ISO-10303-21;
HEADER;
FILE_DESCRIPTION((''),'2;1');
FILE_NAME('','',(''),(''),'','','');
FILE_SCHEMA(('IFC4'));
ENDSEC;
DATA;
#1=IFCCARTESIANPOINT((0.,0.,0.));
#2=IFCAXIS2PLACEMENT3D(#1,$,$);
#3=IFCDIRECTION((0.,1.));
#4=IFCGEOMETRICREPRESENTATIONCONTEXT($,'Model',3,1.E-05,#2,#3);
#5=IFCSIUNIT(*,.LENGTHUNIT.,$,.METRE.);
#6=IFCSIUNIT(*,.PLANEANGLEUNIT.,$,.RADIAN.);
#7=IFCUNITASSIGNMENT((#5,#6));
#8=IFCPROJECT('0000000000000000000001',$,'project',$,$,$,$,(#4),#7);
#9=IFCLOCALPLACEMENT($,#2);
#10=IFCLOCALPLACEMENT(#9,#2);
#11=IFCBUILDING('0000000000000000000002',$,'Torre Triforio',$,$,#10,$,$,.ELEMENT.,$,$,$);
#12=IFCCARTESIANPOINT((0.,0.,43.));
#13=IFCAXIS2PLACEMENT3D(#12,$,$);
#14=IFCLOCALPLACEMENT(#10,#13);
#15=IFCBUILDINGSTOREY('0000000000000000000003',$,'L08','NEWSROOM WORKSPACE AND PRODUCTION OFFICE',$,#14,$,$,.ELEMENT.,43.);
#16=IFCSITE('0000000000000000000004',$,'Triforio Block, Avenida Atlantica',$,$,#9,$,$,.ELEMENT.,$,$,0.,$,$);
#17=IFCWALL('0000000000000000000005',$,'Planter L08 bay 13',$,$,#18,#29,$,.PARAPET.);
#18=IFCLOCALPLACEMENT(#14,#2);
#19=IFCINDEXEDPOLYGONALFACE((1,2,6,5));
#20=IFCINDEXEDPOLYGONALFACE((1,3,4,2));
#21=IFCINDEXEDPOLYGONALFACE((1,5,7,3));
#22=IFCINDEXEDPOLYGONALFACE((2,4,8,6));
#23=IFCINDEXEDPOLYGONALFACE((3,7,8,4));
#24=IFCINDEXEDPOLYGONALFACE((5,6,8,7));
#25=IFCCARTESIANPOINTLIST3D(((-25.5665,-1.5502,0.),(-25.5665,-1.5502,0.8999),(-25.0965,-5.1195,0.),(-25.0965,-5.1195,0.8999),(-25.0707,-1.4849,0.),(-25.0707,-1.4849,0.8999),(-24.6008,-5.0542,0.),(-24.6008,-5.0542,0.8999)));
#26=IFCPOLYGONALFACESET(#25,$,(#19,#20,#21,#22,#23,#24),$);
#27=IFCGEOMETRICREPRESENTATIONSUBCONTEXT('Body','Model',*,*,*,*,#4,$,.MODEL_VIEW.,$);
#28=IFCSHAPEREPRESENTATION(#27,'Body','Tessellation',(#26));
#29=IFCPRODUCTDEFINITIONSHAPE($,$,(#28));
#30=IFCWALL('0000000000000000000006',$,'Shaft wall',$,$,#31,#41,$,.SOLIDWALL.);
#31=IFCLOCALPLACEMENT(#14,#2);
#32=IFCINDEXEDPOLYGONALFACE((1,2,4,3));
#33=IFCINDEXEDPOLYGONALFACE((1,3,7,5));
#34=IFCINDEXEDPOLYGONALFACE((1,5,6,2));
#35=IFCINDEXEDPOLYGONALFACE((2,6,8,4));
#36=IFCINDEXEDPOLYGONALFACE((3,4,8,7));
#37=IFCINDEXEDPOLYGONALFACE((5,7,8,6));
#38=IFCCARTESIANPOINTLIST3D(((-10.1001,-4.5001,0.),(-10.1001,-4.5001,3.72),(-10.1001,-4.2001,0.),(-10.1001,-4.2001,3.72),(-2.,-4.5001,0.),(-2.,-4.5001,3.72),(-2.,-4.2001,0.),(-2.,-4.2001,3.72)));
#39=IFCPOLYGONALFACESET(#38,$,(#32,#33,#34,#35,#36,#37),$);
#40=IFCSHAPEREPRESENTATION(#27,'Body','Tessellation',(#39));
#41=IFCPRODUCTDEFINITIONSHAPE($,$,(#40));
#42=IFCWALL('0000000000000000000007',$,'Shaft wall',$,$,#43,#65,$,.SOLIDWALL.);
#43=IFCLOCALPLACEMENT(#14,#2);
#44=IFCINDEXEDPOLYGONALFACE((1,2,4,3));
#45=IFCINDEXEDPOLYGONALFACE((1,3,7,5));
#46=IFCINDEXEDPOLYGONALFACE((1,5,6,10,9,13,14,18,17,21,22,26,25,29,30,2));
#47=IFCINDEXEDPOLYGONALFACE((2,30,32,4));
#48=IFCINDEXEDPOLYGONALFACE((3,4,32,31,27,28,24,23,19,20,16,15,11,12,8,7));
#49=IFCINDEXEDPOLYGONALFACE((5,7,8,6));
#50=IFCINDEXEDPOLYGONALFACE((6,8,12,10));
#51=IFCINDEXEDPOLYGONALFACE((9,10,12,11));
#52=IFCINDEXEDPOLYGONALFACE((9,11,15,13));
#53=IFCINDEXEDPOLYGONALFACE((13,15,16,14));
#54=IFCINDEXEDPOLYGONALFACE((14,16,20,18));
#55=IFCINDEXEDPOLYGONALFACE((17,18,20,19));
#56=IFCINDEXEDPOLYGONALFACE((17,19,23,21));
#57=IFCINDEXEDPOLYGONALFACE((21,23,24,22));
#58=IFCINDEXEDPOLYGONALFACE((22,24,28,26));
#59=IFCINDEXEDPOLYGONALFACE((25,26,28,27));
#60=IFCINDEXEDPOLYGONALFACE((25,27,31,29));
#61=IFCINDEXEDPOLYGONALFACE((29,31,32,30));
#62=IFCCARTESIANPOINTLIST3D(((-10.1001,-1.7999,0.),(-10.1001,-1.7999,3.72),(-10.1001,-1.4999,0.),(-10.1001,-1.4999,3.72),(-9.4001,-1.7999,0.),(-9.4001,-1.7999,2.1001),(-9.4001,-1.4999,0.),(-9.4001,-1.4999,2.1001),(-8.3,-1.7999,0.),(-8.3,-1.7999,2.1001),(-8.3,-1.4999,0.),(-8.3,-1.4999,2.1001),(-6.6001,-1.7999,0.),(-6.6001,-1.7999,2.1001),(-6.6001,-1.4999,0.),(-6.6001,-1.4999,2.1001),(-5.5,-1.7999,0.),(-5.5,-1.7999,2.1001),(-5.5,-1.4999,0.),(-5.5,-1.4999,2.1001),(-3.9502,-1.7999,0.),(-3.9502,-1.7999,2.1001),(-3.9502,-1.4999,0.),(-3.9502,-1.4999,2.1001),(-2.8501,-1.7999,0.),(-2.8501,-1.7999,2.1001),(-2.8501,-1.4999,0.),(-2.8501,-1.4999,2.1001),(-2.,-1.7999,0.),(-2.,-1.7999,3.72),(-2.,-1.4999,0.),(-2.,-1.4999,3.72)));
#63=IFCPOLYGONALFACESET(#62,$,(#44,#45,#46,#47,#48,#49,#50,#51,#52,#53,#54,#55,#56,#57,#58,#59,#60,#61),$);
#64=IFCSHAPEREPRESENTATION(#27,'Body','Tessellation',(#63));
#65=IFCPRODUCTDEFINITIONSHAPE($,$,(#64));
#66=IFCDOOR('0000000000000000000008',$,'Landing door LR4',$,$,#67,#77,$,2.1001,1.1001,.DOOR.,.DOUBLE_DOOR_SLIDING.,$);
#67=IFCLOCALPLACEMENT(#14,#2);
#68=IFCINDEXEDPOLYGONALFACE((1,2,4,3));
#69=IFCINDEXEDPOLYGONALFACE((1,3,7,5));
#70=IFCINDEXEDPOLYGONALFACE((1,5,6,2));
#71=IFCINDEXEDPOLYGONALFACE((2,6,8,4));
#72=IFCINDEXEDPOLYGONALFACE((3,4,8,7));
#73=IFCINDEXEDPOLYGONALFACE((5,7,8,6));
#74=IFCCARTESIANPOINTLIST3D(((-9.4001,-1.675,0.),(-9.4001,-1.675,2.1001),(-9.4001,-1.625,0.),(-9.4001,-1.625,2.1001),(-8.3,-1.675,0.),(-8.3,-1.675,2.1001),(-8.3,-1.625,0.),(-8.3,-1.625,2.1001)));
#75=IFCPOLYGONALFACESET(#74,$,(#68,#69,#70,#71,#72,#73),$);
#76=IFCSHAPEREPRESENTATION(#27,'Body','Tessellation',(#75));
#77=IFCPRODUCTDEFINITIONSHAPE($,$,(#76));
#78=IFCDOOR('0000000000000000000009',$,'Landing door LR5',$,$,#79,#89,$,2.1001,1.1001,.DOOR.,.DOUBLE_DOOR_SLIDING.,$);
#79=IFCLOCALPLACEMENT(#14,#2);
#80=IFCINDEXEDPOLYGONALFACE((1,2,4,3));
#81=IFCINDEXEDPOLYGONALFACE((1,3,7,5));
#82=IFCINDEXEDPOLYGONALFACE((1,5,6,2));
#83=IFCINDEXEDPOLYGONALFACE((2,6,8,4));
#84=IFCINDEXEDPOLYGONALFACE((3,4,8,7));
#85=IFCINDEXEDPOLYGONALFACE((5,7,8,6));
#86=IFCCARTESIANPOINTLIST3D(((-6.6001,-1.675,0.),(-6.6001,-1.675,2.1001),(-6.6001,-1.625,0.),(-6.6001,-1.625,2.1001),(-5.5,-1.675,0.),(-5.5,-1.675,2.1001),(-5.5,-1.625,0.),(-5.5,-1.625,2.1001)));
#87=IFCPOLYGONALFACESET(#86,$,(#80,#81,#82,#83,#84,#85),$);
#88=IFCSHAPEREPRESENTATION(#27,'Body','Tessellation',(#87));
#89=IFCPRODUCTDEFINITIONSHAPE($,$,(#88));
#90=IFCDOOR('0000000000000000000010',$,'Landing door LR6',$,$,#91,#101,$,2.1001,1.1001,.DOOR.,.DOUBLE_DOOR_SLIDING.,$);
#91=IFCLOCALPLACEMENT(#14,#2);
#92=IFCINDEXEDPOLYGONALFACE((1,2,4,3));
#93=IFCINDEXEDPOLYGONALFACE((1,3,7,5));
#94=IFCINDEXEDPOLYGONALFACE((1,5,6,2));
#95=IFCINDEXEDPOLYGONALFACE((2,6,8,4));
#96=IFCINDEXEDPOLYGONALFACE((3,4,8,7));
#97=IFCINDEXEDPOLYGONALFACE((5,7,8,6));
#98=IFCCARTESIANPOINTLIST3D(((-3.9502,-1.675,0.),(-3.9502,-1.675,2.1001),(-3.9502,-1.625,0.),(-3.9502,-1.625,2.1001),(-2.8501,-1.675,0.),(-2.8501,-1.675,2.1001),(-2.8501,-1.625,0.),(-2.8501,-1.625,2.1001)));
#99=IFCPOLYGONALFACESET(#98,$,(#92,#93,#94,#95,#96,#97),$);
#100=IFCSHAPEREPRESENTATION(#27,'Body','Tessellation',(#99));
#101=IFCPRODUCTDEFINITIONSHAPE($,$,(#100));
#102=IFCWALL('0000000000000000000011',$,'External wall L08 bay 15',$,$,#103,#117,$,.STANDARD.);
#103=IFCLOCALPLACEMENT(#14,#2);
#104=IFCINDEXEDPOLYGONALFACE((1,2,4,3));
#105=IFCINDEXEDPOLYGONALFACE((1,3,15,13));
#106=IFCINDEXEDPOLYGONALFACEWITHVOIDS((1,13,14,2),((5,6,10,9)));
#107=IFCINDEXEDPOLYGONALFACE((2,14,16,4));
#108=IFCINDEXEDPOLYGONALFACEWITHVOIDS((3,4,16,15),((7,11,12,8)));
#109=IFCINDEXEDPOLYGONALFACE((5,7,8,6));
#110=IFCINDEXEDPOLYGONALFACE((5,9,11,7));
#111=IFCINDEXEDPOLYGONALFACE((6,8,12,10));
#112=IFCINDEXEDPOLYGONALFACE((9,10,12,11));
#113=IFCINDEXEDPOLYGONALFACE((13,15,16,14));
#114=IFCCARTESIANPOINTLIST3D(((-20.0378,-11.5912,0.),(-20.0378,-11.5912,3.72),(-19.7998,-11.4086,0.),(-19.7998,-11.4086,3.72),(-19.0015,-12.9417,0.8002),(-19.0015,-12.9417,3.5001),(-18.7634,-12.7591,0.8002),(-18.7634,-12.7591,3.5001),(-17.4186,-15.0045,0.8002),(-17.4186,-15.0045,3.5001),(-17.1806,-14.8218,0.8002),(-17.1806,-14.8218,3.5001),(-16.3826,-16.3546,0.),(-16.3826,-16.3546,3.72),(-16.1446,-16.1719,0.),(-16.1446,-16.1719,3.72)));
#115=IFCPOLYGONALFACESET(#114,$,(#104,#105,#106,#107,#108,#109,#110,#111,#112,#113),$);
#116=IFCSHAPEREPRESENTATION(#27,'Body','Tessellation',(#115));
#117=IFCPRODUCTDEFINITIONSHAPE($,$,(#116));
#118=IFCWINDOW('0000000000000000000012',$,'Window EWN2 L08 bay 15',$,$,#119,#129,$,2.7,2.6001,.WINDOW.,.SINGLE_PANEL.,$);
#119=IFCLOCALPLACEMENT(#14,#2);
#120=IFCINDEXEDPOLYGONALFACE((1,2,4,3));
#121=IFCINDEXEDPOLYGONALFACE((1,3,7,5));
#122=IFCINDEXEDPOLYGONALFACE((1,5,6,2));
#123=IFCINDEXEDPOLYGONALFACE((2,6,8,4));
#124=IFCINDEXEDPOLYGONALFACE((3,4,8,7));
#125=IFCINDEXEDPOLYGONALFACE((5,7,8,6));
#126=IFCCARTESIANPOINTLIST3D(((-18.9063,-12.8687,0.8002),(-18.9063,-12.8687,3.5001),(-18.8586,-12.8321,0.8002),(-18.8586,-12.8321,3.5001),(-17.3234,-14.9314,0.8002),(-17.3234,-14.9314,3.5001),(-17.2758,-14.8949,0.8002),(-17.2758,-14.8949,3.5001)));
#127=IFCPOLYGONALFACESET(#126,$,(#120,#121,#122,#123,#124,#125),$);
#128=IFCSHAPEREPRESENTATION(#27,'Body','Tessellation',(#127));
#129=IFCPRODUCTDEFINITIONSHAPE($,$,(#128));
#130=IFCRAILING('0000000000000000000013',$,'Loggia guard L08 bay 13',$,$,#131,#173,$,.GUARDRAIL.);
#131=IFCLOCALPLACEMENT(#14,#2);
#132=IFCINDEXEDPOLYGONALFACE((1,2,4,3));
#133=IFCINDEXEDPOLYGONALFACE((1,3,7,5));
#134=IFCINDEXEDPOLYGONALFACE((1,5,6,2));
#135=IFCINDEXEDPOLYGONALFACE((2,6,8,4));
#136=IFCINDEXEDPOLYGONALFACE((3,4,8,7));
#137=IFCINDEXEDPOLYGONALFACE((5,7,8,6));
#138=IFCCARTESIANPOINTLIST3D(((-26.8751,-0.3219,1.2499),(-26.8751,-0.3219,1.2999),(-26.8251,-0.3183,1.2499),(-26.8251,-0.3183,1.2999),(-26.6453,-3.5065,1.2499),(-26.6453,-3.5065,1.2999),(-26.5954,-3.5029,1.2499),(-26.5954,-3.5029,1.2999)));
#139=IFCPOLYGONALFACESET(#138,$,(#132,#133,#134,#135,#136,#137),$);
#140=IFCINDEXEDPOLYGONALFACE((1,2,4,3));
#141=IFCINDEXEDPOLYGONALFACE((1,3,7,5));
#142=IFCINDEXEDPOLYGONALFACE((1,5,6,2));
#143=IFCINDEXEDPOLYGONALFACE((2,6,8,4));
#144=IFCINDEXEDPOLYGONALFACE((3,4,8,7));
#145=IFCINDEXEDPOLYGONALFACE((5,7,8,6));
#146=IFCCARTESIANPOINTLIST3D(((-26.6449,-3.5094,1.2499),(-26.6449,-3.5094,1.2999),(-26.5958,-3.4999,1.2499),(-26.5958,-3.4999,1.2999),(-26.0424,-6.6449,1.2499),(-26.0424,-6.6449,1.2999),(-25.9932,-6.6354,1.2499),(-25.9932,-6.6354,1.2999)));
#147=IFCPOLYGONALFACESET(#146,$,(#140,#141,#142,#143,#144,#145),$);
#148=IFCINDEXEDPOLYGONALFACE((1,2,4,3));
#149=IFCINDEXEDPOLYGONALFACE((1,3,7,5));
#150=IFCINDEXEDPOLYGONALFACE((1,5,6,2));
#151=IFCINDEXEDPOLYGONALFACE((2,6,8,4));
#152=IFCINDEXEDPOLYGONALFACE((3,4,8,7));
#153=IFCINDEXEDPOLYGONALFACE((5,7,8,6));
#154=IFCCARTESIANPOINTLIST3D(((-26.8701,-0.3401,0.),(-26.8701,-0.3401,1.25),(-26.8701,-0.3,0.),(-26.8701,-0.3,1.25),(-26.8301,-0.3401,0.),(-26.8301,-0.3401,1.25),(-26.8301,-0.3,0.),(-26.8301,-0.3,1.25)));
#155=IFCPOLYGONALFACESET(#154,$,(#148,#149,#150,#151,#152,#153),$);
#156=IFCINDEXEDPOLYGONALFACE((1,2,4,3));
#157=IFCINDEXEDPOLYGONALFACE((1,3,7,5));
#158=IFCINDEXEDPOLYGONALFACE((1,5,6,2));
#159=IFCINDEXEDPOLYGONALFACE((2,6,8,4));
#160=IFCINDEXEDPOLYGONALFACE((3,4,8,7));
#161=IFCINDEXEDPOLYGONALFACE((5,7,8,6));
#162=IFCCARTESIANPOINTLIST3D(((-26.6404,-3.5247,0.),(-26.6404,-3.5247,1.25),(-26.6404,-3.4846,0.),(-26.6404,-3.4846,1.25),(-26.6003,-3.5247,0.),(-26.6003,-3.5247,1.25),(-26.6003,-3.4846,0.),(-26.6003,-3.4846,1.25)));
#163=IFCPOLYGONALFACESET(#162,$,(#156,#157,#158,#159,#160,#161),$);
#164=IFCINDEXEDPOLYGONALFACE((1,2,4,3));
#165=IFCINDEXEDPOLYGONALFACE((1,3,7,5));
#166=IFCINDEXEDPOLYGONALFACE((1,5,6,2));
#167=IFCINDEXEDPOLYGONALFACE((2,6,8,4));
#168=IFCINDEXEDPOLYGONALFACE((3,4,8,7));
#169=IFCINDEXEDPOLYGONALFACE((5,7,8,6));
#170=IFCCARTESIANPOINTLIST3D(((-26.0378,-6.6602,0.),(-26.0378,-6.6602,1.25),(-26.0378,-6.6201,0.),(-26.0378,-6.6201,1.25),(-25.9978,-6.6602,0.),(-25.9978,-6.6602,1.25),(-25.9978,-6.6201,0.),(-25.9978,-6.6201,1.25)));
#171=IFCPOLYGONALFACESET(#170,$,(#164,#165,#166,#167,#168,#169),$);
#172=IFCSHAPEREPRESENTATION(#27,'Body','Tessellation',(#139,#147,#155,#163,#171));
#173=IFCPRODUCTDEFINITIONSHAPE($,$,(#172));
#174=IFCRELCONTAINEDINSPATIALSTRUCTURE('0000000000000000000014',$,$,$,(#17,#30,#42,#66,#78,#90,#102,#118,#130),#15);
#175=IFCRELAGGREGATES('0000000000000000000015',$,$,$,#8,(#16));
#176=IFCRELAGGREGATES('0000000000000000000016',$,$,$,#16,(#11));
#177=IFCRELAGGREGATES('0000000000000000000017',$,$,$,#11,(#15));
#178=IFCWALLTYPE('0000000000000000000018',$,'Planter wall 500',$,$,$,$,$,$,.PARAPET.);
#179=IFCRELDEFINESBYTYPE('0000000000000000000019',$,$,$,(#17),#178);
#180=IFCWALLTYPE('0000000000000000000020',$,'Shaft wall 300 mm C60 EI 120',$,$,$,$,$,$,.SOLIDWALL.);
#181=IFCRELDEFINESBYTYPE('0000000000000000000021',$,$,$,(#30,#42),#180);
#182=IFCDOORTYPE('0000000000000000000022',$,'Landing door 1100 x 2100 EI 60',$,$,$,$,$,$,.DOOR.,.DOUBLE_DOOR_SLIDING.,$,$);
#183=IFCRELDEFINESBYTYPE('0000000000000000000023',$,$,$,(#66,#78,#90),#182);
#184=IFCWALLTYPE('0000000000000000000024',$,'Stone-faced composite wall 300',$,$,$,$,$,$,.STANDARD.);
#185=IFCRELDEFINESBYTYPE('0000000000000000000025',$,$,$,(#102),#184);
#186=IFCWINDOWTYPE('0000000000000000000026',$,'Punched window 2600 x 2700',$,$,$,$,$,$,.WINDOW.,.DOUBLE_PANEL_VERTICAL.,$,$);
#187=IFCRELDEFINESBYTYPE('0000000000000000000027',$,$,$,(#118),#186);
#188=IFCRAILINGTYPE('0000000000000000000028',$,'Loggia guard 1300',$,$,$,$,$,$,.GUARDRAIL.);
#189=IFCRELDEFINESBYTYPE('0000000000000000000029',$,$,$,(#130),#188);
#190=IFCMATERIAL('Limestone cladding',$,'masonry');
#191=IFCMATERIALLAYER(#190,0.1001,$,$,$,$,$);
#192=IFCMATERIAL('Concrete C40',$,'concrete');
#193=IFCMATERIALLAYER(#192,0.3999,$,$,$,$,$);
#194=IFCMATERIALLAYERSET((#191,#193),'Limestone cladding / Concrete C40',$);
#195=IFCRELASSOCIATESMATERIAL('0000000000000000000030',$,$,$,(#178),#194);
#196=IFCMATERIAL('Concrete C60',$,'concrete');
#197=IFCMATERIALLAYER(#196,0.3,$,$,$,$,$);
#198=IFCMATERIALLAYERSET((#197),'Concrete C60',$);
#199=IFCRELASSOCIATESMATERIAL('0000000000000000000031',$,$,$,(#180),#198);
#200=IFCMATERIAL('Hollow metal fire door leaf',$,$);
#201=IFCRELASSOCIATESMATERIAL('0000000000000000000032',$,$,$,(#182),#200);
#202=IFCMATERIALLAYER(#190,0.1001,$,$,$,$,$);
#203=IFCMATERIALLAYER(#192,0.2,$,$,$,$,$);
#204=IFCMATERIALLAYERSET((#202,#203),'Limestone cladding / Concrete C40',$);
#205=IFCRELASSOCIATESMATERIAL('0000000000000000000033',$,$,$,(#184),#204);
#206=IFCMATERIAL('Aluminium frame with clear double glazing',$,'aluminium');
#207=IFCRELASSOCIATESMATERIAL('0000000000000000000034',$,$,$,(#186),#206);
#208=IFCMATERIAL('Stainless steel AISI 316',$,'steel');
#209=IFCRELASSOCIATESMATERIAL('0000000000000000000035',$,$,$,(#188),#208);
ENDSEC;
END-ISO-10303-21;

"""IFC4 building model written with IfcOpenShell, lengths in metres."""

from ifc_helpers import new_model, si_unit, direction, frame, frame_2d, origin, origin_2d, place, context, subcontext, project, spatial, rectangle, extrude, material, layer, layer_set, type_object, element, fill, save


model = new_model("IFC4")

# Units and contexts
model_context = context("Model", 3, precision=1e-05, world=origin(), true_north=direction((0.0, 1.0)))
body_context = subcontext(model_context, "Body", "Model", "MODEL_VIEW")
ifc_project = project(units=[si_unit("LENGTHUNIT", "METRE"), si_unit("PLANEANGLEUNIT", "RADIAN")], contexts=[model_context])

# Site, building, storey
site_placement = place(None, origin())
site = spatial("IfcSite", under=ifc_project, at=site_placement, Name="Triforio Block, Avenida Atlantica", CompositionType="ELEMENT", RefElevation=0.0)
building_placement = place(site_placement, origin())
building = spatial("IfcBuilding", under=site, at=building_placement, Name="Torre Triforio", CompositionType="ELEMENT")
storey_placement = place(building_placement, frame((0.0, 0.0, 43.0)))
storey = spatial("IfcBuildingStorey", under=building, at=storey_placement, Name="L08", Description="NEWSROOM WORKSPACE AND PRODUCTION OFFICE", CompositionType="ELEMENT", Elevation=43.0)

# Shared definitions
ifc_material_1 = material(Name="Concrete C60", Category="concrete")
ifc_material_2 = material(Name="Hollow metal fire door leaf")

# Walls
ifc_material_3 = material(Name="Limestone cladding", Category="masonry")
ifc_layer_1 = layer(ifc_material_3, 0.1001)
ifc_material_4 = material(Name="Concrete C40", Category="concrete")
ifc_layer_2 = layer(ifc_material_4, 0.3999)
ifc_layer_set_1 = layer_set([ifc_layer_1, ifc_layer_2], Name="Limestone cladding / Concrete C40")
wall_type_1 = type_object("IfcWallType", Name="Planter wall 500", PredefinedType="PARAPET", material=ifc_layer_set_1)
wall_1_placement = place(storey_placement, frame((-25.3186, -1.5176, 0.0), z_axis=(0.0, 0.0, 1.0), x_axis=(0.130542, -0.991443, 0.0)))
element("IfcWall", 1, at=wall_1_placement, inside=storey, type_object=wall_type_1, Name="Planter L08 bay 13", PredefinedType="PARAPET", context=body_context, shape_type="SweptSolid", body=[
    extrude(rectangle(XDim=3.6001, YDim=0.5, at=frame_2d((1.8, 0.0))), origin(), (0.0, 0.0, 1.0), 0.8999),
])
ifc_layer_3 = layer(ifc_material_1, 0.3)
ifc_layer_set_2 = layer_set([ifc_layer_3], Name="Concrete C60")
wall_type_2 = type_object("IfcWallType", Name="Shaft wall 300 mm C60 EI 120", PredefinedType="SOLIDWALL", material=ifc_layer_set_2)
wall_2_placement = place(storey_placement, frame((-10.1001, -4.3501, 0.0), z_axis=(0.0, 0.0, 1.0), x_axis=(1.0, 0.0, 0.0)))
element("IfcWall", 2, at=wall_2_placement, inside=storey, type_object=wall_type_2, Name="Shaft wall", PredefinedType="SOLIDWALL", context=body_context, shape_type="SweptSolid", body=[
    extrude(rectangle(XDim=8.1001, YDim=0.3, at=frame_2d((4.05, 0.0))), origin(), (0.0, 0.0, 1.0), 3.72),
])

# Wall, openings, doors
wall_3_placement = place(storey_placement, frame((-10.1001, -1.6499, 0.0), z_axis=(0.0, 0.0, 1.0), x_axis=(1.0, 0.0, 0.0)))
wall_3 = element("IfcWall", 3, at=wall_3_placement, inside=storey, type_object=wall_type_2, Name="Shaft wall", PredefinedType="SOLIDWALL", context=body_context, shape_type="SweptSolid", body=[
    extrude(rectangle(XDim=8.1001, YDim=0.3, at=frame_2d((4.05, 0.0))), origin(), (0.0, 0.0, 1.0), 3.72),
])
opening_1_placement = place(wall_3_placement, frame((0.7, 0.0, 0.0)))
opening_1 = element("IfcOpeningElement", 4, at=opening_1_placement, cuts=wall_3, PredefinedType="OPENING", context=body_context, shape_type="SweptSolid", body=[
    extrude(rectangle(XDim=1.1001, YDim=2.1001, at=frame_2d((0.55, 1.05))), frame((0.0, 0.1599, 0.0), z_axis=(0.0, -1.0, 0.0), x_axis=(1.0, 0.0, 0.0)), (0.0, 0.0, 1.0), 0.3201),
])
opening_2_placement = place(wall_3_placement, frame((3.5, 0.0, 0.0)))
opening_2 = element("IfcOpeningElement", 5, at=opening_2_placement, cuts=wall_3, PredefinedType="OPENING", context=body_context, shape_type="SweptSolid", body=[
    extrude(rectangle(XDim=1.1001, YDim=2.1001, at=frame_2d((0.55, 1.05))), frame((0.0, 0.1599, 0.0), z_axis=(0.0, -1.0, 0.0), x_axis=(1.0, 0.0, 0.0)), (0.0, 0.0, 1.0), 0.3201),
])
opening_3_placement = place(wall_3_placement, frame((6.1499, 0.0, 0.0)))
opening_3 = element("IfcOpeningElement", 6, at=opening_3_placement, cuts=wall_3, PredefinedType="OPENING", context=body_context, shape_type="SweptSolid", body=[
    extrude(rectangle(XDim=1.1001, YDim=2.1001, at=frame_2d((0.55, 1.05))), frame((0.0, 0.1599, 0.0), z_axis=(0.0, -1.0, 0.0), x_axis=(1.0, 0.0, 0.0)), (0.0, 0.0, 1.0), 0.3201),
])
door_type_1 = type_object("IfcDoorType", Name="Landing door 1100 x 2100 EI 60", OperationType="DOUBLE_DOOR_SLIDING", PredefinedType="DOOR", material=ifc_material_2)
door_1_placement = place(opening_1_placement, origin())
door_1 = element("IfcDoor", 7, at=door_1_placement, inside=storey, type_object=door_type_1, Name="Landing door LR4", OperationType="DOUBLE_DOOR_SLIDING", OverallHeight=2.1001, OverallWidth=1.1001, PredefinedType="DOOR", context=body_context, shape_type="SweptSolid", body=[
    extrude(rectangle(XDim=1.1001, YDim=2.1001, at=frame_2d((0.55, 1.05))), frame((0.0, 0.0249, 0.0), z_axis=(0.0, -1.0, 0.0), x_axis=(1.0, 0.0, 0.0)), (0.0, 0.0, 1.0), 0.05),
])
fill(opening_1, door_1)
door_2_placement = place(opening_2_placement, origin())
door_2 = element("IfcDoor", 8, at=door_2_placement, inside=storey, type_object=door_type_1, Name="Landing door LR5", OperationType="DOUBLE_DOOR_SLIDING", OverallHeight=2.1001, OverallWidth=1.1001, PredefinedType="DOOR", context=body_context, shape_type="SweptSolid", body=[
    extrude(rectangle(XDim=1.1001, YDim=2.1001, at=frame_2d((0.55, 1.05))), frame((0.0, 0.0249, 0.0), z_axis=(0.0, -1.0, 0.0), x_axis=(1.0, 0.0, 0.0)), (0.0, 0.0, 1.0), 0.05),
])
fill(opening_2, door_2)
door_3_placement = place(opening_3_placement, origin())
door_3 = element("IfcDoor", 9, at=door_3_placement, inside=storey, type_object=door_type_1, Name="Landing door LR6", OperationType="DOUBLE_DOOR_SLIDING", OverallHeight=2.1001, OverallWidth=1.1001, PredefinedType="DOOR", context=body_context, shape_type="SweptSolid", body=[
    extrude(rectangle(XDim=1.1001, YDim=2.1001, at=frame_2d((0.55, 1.05))), frame((0.0, 0.0249, 0.0), z_axis=(0.0, -1.0, 0.0), x_axis=(1.0, 0.0, 0.0)), (0.0, 0.0, 1.0), 0.05),
])
fill(opening_3, door_3)

# Shared definitions
ifc_layer_4 = layer(ifc_material_3, 0.1001)
ifc_layer_5 = layer(ifc_material_4, 0.2)
ifc_layer_set_3 = layer_set([ifc_layer_4, ifc_layer_5], Name="Limestone cladding / Concrete C40")
wall_type_3 = type_object("IfcWallType", Name="Stone-faced composite wall 300", PredefinedType="STANDARD", material=ifc_layer_set_3)
ifc_material_5 = material(Name="Aluminium frame with clear double glazing", Category="aluminium")

# Wall, opening, window
wall_4_placement = place(storey_placement, frame((-19.9187, -11.5, 0.0), z_axis=(0.0, 0.0, 1.0), x_axis=(0.608779, -0.79334, 0.0)))
wall_4 = element("IfcWall", 10, at=wall_4_placement, inside=storey, type_object=wall_type_3, Name="External wall L08 bay 15", PredefinedType="STANDARD", context=body_context, shape_type="SweptSolid", body=[
    extrude(rectangle(XDim=6.0042, YDim=0.3, at=frame_2d((3.002, 0.0))), origin(), (0.0, 0.0, 1.0), 3.72),
])
opening_4_placement = place(wall_4_placement, frame((1.7021, 0.0, 0.8)))
opening_4 = element("IfcOpeningElement", 11, at=opening_4_placement, cuts=wall_4, PredefinedType="OPENING", context=body_context, shape_type="SweptSolid", body=[
    extrude(rectangle(XDim=2.6001, YDim=2.7, at=frame_2d((1.3, 1.3501))), frame((0.0, 0.1599, 0.0), z_axis=(0.0, -1.0, 0.0), x_axis=(1.0, 0.0, 0.0)), (0.0, 0.0, 1.0), 0.3201),
])
window_type_1 = type_object("IfcWindowType", Name="Punched window 2600 x 2700", PartitioningType="DOUBLE_PANEL_VERTICAL", PredefinedType="WINDOW", material=ifc_material_5)
window_1_placement = place(opening_4_placement, origin())
window_1 = element("IfcWindow", 12, at=window_1_placement, inside=storey, type_object=window_type_1, Name="Window EWN2 L08 bay 15", OverallHeight=2.7, OverallWidth=2.6001, PartitioningType="SINGLE_PANEL", PredefinedType="WINDOW", context=body_context, shape_type="SweptSolid", body=[
    extrude(rectangle(XDim=2.6001, YDim=2.7, at=frame_2d((1.3, 1.3501))), frame((0.0, 0.03, 0.0), z_axis=(0.0, -1.0, 0.0), x_axis=(1.0, 0.0, 0.0)), (0.0, 0.0, 1.0), 0.0601),
])
fill(opening_4, window_1)

# Railing
ifc_material_6 = material(Name="Stainless steel AISI 316", Category="steel")
railing_type = type_object("IfcRailingType", Name="Loggia guard 1300", PredefinedType="GUARDRAIL", material=ifc_material_6)
railing_1_placement = place(storey_placement, frame((-26.8501, -0.3201, 0.0)))
element("IfcRailing", 13, at=railing_1_placement, inside=storey, type_object=railing_type, Name="Loggia guard L08 bay 13", PredefinedType="GUARDRAIL", context=body_context, shape_type="SweptSolid", body=[
    extrude(rectangle(XDim=0.05, YDim=0.05, at=origin_2d()), frame((0.0, 0.0, 1.2749), z_axis=(0.071953, -0.997408, 0.0), x_axis=(0.997408, 0.071953, 0.0)), (0.0, 0.0, 1.0), 3.1929),
    extrude(rectangle(XDim=0.05, YDim=0.05, at=origin_2d()), frame((0.2297, -3.1846, 1.2749), z_axis=(0.188714, -0.982032, 0.0), x_axis=(0.982032, 0.188714, 0.0)), (0.0, 0.0, 1.0), 3.1929),
    extrude(rectangle(XDim=0.04, YDim=0.04, at=origin_2d()), origin(), (0.0, 0.0, 1.0), 1.25),
    extrude(rectangle(XDim=0.04, YDim=0.04, at=origin_2d()), frame((0.2297, -3.1846, 0.0)), (0.0, 0.0, 1.0), 1.25),
    extrude(rectangle(XDim=0.04, YDim=0.04, at=origin_2d()), frame((0.8323, -6.3201, 0.0)), (0.0, 0.0, 1.0), 1.25),
])

save(model, "model.ifc")
